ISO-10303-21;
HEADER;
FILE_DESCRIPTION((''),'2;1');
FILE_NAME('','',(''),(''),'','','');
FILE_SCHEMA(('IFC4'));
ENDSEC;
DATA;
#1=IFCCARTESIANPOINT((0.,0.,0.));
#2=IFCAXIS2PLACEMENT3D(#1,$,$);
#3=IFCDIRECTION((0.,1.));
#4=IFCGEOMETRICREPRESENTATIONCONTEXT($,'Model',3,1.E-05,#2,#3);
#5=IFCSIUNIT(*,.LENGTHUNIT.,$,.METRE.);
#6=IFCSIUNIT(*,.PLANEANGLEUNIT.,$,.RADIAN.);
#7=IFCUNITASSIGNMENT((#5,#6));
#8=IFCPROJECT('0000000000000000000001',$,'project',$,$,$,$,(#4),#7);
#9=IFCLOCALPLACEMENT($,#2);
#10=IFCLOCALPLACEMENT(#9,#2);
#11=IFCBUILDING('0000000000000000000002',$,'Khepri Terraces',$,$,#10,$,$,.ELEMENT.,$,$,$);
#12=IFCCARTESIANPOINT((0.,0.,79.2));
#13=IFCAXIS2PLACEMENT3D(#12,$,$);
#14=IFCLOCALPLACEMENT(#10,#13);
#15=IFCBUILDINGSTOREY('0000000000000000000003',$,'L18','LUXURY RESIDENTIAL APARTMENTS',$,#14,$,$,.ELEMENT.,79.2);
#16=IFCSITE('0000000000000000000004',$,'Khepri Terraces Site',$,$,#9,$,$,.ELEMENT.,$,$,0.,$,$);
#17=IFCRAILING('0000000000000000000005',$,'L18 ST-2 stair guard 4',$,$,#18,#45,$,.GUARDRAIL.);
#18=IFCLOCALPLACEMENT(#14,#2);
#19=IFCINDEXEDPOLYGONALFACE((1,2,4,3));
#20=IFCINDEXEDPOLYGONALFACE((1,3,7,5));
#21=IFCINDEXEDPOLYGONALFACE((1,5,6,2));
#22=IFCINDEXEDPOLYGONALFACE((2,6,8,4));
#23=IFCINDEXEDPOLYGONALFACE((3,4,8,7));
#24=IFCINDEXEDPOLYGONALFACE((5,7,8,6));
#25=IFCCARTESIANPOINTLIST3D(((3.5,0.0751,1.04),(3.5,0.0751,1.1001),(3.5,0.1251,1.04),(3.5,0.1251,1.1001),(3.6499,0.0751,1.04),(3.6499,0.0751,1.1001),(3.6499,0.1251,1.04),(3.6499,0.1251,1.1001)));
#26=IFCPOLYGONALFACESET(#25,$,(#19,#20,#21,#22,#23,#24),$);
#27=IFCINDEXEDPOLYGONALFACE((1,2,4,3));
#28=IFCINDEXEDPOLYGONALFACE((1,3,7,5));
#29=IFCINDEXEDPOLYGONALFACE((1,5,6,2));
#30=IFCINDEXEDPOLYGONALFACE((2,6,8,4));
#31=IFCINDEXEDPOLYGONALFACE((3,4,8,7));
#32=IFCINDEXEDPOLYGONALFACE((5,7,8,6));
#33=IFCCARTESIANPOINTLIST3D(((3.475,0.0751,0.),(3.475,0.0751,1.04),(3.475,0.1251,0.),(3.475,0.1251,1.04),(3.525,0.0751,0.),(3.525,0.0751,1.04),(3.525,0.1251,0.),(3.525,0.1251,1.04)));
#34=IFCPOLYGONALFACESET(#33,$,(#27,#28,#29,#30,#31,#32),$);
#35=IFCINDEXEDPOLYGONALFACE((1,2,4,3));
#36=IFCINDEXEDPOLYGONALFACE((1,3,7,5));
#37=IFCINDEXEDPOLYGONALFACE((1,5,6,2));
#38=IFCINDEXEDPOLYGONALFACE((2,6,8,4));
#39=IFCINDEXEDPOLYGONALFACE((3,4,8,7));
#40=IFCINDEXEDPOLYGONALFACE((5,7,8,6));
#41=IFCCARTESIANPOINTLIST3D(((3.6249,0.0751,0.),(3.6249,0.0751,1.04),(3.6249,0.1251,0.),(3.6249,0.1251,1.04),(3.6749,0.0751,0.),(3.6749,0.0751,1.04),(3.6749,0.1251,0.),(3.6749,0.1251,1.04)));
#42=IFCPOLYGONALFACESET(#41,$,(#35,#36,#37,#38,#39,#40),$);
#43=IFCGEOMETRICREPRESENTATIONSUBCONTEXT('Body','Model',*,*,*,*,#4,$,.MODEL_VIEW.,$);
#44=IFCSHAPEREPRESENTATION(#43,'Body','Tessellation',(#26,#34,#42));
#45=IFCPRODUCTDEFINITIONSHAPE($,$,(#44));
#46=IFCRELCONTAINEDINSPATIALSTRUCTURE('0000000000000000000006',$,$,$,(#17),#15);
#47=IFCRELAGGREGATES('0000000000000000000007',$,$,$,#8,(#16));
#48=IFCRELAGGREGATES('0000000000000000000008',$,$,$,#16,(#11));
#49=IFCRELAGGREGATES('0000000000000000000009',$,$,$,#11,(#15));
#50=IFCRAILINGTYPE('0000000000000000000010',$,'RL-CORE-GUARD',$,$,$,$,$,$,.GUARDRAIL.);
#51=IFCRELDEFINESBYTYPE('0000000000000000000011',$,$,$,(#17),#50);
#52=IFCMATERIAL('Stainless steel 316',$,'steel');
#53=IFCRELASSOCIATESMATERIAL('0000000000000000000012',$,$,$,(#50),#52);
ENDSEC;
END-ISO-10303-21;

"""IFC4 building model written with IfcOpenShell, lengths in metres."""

from ifc_helpers import new_model, si_unit, direction, frame, origin, origin_2d, place, context, subcontext, project, spatial, rectangle, extrude, material, type_object, element, save


model = new_model("IFC4")

# Units and contexts
model_context = context("Model", 3, precision=1e-05, world=origin(), true_north=direction((0.0, 1.0)))
body_context = subcontext(model_context, "Body", "Model", "MODEL_VIEW")
ifc_project = project(units=[si_unit("LENGTHUNIT", "METRE"), si_unit("PLANEANGLEUNIT", "RADIAN")], contexts=[model_context])

# Site, building, storey
site_placement = place(None, origin())
site = spatial("IfcSite", under=ifc_project, at=site_placement, Name="Khepri Terraces Site", CompositionType="ELEMENT", RefElevation=0.0)
building_placement = place(site_placement, origin())
building = spatial("IfcBuilding", under=site, at=building_placement, Name="Khepri Terraces", CompositionType="ELEMENT")
storey_placement = place(building_placement, frame((0.0, 0.0, 79.2)))
storey = spatial("IfcBuildingStorey", under=building, at=storey_placement, Name="L18", Description="LUXURY RESIDENTIAL APARTMENTS", CompositionType="ELEMENT", Elevation=79.2)

# Railing
ifc_material_1 = material(Name="Stainless steel 316", Category="steel")
railing_type = type_object("IfcRailingType", Name="RL-CORE-GUARD", PredefinedType="GUARDRAIL", material=ifc_material_1)
railing_1_placement = place(storey_placement, frame((3.5, 0.1001, 0.0)))
element("IfcRailing", 1, at=railing_1_placement, inside=storey, type_object=railing_type, Name="L18 ST-2 stair guard 4", PredefinedType="GUARDRAIL", context=body_context, shape_type="SweptSolid", body=[
    extrude(rectangle(XDim=0.05, YDim=0.0601, at=origin_2d()), frame((0.0, 0.0, 1.0701), z_axis=(1.0, 0.0, 0.0), x_axis=(0.0, 1.0, 0.0)), (0.0, 0.0, 1.0), 0.1499),
    extrude(rectangle(XDim=0.05, YDim=0.05, at=origin_2d()), origin(), (0.0, 0.0, 1.0), 1.04),
    extrude(rectangle(XDim=0.05, YDim=0.05, at=origin_2d()), frame((0.1499, 0.0, 0.0)), (0.0, 0.0, 1.0), 1.04),
])

save(model, "model.ifc")
